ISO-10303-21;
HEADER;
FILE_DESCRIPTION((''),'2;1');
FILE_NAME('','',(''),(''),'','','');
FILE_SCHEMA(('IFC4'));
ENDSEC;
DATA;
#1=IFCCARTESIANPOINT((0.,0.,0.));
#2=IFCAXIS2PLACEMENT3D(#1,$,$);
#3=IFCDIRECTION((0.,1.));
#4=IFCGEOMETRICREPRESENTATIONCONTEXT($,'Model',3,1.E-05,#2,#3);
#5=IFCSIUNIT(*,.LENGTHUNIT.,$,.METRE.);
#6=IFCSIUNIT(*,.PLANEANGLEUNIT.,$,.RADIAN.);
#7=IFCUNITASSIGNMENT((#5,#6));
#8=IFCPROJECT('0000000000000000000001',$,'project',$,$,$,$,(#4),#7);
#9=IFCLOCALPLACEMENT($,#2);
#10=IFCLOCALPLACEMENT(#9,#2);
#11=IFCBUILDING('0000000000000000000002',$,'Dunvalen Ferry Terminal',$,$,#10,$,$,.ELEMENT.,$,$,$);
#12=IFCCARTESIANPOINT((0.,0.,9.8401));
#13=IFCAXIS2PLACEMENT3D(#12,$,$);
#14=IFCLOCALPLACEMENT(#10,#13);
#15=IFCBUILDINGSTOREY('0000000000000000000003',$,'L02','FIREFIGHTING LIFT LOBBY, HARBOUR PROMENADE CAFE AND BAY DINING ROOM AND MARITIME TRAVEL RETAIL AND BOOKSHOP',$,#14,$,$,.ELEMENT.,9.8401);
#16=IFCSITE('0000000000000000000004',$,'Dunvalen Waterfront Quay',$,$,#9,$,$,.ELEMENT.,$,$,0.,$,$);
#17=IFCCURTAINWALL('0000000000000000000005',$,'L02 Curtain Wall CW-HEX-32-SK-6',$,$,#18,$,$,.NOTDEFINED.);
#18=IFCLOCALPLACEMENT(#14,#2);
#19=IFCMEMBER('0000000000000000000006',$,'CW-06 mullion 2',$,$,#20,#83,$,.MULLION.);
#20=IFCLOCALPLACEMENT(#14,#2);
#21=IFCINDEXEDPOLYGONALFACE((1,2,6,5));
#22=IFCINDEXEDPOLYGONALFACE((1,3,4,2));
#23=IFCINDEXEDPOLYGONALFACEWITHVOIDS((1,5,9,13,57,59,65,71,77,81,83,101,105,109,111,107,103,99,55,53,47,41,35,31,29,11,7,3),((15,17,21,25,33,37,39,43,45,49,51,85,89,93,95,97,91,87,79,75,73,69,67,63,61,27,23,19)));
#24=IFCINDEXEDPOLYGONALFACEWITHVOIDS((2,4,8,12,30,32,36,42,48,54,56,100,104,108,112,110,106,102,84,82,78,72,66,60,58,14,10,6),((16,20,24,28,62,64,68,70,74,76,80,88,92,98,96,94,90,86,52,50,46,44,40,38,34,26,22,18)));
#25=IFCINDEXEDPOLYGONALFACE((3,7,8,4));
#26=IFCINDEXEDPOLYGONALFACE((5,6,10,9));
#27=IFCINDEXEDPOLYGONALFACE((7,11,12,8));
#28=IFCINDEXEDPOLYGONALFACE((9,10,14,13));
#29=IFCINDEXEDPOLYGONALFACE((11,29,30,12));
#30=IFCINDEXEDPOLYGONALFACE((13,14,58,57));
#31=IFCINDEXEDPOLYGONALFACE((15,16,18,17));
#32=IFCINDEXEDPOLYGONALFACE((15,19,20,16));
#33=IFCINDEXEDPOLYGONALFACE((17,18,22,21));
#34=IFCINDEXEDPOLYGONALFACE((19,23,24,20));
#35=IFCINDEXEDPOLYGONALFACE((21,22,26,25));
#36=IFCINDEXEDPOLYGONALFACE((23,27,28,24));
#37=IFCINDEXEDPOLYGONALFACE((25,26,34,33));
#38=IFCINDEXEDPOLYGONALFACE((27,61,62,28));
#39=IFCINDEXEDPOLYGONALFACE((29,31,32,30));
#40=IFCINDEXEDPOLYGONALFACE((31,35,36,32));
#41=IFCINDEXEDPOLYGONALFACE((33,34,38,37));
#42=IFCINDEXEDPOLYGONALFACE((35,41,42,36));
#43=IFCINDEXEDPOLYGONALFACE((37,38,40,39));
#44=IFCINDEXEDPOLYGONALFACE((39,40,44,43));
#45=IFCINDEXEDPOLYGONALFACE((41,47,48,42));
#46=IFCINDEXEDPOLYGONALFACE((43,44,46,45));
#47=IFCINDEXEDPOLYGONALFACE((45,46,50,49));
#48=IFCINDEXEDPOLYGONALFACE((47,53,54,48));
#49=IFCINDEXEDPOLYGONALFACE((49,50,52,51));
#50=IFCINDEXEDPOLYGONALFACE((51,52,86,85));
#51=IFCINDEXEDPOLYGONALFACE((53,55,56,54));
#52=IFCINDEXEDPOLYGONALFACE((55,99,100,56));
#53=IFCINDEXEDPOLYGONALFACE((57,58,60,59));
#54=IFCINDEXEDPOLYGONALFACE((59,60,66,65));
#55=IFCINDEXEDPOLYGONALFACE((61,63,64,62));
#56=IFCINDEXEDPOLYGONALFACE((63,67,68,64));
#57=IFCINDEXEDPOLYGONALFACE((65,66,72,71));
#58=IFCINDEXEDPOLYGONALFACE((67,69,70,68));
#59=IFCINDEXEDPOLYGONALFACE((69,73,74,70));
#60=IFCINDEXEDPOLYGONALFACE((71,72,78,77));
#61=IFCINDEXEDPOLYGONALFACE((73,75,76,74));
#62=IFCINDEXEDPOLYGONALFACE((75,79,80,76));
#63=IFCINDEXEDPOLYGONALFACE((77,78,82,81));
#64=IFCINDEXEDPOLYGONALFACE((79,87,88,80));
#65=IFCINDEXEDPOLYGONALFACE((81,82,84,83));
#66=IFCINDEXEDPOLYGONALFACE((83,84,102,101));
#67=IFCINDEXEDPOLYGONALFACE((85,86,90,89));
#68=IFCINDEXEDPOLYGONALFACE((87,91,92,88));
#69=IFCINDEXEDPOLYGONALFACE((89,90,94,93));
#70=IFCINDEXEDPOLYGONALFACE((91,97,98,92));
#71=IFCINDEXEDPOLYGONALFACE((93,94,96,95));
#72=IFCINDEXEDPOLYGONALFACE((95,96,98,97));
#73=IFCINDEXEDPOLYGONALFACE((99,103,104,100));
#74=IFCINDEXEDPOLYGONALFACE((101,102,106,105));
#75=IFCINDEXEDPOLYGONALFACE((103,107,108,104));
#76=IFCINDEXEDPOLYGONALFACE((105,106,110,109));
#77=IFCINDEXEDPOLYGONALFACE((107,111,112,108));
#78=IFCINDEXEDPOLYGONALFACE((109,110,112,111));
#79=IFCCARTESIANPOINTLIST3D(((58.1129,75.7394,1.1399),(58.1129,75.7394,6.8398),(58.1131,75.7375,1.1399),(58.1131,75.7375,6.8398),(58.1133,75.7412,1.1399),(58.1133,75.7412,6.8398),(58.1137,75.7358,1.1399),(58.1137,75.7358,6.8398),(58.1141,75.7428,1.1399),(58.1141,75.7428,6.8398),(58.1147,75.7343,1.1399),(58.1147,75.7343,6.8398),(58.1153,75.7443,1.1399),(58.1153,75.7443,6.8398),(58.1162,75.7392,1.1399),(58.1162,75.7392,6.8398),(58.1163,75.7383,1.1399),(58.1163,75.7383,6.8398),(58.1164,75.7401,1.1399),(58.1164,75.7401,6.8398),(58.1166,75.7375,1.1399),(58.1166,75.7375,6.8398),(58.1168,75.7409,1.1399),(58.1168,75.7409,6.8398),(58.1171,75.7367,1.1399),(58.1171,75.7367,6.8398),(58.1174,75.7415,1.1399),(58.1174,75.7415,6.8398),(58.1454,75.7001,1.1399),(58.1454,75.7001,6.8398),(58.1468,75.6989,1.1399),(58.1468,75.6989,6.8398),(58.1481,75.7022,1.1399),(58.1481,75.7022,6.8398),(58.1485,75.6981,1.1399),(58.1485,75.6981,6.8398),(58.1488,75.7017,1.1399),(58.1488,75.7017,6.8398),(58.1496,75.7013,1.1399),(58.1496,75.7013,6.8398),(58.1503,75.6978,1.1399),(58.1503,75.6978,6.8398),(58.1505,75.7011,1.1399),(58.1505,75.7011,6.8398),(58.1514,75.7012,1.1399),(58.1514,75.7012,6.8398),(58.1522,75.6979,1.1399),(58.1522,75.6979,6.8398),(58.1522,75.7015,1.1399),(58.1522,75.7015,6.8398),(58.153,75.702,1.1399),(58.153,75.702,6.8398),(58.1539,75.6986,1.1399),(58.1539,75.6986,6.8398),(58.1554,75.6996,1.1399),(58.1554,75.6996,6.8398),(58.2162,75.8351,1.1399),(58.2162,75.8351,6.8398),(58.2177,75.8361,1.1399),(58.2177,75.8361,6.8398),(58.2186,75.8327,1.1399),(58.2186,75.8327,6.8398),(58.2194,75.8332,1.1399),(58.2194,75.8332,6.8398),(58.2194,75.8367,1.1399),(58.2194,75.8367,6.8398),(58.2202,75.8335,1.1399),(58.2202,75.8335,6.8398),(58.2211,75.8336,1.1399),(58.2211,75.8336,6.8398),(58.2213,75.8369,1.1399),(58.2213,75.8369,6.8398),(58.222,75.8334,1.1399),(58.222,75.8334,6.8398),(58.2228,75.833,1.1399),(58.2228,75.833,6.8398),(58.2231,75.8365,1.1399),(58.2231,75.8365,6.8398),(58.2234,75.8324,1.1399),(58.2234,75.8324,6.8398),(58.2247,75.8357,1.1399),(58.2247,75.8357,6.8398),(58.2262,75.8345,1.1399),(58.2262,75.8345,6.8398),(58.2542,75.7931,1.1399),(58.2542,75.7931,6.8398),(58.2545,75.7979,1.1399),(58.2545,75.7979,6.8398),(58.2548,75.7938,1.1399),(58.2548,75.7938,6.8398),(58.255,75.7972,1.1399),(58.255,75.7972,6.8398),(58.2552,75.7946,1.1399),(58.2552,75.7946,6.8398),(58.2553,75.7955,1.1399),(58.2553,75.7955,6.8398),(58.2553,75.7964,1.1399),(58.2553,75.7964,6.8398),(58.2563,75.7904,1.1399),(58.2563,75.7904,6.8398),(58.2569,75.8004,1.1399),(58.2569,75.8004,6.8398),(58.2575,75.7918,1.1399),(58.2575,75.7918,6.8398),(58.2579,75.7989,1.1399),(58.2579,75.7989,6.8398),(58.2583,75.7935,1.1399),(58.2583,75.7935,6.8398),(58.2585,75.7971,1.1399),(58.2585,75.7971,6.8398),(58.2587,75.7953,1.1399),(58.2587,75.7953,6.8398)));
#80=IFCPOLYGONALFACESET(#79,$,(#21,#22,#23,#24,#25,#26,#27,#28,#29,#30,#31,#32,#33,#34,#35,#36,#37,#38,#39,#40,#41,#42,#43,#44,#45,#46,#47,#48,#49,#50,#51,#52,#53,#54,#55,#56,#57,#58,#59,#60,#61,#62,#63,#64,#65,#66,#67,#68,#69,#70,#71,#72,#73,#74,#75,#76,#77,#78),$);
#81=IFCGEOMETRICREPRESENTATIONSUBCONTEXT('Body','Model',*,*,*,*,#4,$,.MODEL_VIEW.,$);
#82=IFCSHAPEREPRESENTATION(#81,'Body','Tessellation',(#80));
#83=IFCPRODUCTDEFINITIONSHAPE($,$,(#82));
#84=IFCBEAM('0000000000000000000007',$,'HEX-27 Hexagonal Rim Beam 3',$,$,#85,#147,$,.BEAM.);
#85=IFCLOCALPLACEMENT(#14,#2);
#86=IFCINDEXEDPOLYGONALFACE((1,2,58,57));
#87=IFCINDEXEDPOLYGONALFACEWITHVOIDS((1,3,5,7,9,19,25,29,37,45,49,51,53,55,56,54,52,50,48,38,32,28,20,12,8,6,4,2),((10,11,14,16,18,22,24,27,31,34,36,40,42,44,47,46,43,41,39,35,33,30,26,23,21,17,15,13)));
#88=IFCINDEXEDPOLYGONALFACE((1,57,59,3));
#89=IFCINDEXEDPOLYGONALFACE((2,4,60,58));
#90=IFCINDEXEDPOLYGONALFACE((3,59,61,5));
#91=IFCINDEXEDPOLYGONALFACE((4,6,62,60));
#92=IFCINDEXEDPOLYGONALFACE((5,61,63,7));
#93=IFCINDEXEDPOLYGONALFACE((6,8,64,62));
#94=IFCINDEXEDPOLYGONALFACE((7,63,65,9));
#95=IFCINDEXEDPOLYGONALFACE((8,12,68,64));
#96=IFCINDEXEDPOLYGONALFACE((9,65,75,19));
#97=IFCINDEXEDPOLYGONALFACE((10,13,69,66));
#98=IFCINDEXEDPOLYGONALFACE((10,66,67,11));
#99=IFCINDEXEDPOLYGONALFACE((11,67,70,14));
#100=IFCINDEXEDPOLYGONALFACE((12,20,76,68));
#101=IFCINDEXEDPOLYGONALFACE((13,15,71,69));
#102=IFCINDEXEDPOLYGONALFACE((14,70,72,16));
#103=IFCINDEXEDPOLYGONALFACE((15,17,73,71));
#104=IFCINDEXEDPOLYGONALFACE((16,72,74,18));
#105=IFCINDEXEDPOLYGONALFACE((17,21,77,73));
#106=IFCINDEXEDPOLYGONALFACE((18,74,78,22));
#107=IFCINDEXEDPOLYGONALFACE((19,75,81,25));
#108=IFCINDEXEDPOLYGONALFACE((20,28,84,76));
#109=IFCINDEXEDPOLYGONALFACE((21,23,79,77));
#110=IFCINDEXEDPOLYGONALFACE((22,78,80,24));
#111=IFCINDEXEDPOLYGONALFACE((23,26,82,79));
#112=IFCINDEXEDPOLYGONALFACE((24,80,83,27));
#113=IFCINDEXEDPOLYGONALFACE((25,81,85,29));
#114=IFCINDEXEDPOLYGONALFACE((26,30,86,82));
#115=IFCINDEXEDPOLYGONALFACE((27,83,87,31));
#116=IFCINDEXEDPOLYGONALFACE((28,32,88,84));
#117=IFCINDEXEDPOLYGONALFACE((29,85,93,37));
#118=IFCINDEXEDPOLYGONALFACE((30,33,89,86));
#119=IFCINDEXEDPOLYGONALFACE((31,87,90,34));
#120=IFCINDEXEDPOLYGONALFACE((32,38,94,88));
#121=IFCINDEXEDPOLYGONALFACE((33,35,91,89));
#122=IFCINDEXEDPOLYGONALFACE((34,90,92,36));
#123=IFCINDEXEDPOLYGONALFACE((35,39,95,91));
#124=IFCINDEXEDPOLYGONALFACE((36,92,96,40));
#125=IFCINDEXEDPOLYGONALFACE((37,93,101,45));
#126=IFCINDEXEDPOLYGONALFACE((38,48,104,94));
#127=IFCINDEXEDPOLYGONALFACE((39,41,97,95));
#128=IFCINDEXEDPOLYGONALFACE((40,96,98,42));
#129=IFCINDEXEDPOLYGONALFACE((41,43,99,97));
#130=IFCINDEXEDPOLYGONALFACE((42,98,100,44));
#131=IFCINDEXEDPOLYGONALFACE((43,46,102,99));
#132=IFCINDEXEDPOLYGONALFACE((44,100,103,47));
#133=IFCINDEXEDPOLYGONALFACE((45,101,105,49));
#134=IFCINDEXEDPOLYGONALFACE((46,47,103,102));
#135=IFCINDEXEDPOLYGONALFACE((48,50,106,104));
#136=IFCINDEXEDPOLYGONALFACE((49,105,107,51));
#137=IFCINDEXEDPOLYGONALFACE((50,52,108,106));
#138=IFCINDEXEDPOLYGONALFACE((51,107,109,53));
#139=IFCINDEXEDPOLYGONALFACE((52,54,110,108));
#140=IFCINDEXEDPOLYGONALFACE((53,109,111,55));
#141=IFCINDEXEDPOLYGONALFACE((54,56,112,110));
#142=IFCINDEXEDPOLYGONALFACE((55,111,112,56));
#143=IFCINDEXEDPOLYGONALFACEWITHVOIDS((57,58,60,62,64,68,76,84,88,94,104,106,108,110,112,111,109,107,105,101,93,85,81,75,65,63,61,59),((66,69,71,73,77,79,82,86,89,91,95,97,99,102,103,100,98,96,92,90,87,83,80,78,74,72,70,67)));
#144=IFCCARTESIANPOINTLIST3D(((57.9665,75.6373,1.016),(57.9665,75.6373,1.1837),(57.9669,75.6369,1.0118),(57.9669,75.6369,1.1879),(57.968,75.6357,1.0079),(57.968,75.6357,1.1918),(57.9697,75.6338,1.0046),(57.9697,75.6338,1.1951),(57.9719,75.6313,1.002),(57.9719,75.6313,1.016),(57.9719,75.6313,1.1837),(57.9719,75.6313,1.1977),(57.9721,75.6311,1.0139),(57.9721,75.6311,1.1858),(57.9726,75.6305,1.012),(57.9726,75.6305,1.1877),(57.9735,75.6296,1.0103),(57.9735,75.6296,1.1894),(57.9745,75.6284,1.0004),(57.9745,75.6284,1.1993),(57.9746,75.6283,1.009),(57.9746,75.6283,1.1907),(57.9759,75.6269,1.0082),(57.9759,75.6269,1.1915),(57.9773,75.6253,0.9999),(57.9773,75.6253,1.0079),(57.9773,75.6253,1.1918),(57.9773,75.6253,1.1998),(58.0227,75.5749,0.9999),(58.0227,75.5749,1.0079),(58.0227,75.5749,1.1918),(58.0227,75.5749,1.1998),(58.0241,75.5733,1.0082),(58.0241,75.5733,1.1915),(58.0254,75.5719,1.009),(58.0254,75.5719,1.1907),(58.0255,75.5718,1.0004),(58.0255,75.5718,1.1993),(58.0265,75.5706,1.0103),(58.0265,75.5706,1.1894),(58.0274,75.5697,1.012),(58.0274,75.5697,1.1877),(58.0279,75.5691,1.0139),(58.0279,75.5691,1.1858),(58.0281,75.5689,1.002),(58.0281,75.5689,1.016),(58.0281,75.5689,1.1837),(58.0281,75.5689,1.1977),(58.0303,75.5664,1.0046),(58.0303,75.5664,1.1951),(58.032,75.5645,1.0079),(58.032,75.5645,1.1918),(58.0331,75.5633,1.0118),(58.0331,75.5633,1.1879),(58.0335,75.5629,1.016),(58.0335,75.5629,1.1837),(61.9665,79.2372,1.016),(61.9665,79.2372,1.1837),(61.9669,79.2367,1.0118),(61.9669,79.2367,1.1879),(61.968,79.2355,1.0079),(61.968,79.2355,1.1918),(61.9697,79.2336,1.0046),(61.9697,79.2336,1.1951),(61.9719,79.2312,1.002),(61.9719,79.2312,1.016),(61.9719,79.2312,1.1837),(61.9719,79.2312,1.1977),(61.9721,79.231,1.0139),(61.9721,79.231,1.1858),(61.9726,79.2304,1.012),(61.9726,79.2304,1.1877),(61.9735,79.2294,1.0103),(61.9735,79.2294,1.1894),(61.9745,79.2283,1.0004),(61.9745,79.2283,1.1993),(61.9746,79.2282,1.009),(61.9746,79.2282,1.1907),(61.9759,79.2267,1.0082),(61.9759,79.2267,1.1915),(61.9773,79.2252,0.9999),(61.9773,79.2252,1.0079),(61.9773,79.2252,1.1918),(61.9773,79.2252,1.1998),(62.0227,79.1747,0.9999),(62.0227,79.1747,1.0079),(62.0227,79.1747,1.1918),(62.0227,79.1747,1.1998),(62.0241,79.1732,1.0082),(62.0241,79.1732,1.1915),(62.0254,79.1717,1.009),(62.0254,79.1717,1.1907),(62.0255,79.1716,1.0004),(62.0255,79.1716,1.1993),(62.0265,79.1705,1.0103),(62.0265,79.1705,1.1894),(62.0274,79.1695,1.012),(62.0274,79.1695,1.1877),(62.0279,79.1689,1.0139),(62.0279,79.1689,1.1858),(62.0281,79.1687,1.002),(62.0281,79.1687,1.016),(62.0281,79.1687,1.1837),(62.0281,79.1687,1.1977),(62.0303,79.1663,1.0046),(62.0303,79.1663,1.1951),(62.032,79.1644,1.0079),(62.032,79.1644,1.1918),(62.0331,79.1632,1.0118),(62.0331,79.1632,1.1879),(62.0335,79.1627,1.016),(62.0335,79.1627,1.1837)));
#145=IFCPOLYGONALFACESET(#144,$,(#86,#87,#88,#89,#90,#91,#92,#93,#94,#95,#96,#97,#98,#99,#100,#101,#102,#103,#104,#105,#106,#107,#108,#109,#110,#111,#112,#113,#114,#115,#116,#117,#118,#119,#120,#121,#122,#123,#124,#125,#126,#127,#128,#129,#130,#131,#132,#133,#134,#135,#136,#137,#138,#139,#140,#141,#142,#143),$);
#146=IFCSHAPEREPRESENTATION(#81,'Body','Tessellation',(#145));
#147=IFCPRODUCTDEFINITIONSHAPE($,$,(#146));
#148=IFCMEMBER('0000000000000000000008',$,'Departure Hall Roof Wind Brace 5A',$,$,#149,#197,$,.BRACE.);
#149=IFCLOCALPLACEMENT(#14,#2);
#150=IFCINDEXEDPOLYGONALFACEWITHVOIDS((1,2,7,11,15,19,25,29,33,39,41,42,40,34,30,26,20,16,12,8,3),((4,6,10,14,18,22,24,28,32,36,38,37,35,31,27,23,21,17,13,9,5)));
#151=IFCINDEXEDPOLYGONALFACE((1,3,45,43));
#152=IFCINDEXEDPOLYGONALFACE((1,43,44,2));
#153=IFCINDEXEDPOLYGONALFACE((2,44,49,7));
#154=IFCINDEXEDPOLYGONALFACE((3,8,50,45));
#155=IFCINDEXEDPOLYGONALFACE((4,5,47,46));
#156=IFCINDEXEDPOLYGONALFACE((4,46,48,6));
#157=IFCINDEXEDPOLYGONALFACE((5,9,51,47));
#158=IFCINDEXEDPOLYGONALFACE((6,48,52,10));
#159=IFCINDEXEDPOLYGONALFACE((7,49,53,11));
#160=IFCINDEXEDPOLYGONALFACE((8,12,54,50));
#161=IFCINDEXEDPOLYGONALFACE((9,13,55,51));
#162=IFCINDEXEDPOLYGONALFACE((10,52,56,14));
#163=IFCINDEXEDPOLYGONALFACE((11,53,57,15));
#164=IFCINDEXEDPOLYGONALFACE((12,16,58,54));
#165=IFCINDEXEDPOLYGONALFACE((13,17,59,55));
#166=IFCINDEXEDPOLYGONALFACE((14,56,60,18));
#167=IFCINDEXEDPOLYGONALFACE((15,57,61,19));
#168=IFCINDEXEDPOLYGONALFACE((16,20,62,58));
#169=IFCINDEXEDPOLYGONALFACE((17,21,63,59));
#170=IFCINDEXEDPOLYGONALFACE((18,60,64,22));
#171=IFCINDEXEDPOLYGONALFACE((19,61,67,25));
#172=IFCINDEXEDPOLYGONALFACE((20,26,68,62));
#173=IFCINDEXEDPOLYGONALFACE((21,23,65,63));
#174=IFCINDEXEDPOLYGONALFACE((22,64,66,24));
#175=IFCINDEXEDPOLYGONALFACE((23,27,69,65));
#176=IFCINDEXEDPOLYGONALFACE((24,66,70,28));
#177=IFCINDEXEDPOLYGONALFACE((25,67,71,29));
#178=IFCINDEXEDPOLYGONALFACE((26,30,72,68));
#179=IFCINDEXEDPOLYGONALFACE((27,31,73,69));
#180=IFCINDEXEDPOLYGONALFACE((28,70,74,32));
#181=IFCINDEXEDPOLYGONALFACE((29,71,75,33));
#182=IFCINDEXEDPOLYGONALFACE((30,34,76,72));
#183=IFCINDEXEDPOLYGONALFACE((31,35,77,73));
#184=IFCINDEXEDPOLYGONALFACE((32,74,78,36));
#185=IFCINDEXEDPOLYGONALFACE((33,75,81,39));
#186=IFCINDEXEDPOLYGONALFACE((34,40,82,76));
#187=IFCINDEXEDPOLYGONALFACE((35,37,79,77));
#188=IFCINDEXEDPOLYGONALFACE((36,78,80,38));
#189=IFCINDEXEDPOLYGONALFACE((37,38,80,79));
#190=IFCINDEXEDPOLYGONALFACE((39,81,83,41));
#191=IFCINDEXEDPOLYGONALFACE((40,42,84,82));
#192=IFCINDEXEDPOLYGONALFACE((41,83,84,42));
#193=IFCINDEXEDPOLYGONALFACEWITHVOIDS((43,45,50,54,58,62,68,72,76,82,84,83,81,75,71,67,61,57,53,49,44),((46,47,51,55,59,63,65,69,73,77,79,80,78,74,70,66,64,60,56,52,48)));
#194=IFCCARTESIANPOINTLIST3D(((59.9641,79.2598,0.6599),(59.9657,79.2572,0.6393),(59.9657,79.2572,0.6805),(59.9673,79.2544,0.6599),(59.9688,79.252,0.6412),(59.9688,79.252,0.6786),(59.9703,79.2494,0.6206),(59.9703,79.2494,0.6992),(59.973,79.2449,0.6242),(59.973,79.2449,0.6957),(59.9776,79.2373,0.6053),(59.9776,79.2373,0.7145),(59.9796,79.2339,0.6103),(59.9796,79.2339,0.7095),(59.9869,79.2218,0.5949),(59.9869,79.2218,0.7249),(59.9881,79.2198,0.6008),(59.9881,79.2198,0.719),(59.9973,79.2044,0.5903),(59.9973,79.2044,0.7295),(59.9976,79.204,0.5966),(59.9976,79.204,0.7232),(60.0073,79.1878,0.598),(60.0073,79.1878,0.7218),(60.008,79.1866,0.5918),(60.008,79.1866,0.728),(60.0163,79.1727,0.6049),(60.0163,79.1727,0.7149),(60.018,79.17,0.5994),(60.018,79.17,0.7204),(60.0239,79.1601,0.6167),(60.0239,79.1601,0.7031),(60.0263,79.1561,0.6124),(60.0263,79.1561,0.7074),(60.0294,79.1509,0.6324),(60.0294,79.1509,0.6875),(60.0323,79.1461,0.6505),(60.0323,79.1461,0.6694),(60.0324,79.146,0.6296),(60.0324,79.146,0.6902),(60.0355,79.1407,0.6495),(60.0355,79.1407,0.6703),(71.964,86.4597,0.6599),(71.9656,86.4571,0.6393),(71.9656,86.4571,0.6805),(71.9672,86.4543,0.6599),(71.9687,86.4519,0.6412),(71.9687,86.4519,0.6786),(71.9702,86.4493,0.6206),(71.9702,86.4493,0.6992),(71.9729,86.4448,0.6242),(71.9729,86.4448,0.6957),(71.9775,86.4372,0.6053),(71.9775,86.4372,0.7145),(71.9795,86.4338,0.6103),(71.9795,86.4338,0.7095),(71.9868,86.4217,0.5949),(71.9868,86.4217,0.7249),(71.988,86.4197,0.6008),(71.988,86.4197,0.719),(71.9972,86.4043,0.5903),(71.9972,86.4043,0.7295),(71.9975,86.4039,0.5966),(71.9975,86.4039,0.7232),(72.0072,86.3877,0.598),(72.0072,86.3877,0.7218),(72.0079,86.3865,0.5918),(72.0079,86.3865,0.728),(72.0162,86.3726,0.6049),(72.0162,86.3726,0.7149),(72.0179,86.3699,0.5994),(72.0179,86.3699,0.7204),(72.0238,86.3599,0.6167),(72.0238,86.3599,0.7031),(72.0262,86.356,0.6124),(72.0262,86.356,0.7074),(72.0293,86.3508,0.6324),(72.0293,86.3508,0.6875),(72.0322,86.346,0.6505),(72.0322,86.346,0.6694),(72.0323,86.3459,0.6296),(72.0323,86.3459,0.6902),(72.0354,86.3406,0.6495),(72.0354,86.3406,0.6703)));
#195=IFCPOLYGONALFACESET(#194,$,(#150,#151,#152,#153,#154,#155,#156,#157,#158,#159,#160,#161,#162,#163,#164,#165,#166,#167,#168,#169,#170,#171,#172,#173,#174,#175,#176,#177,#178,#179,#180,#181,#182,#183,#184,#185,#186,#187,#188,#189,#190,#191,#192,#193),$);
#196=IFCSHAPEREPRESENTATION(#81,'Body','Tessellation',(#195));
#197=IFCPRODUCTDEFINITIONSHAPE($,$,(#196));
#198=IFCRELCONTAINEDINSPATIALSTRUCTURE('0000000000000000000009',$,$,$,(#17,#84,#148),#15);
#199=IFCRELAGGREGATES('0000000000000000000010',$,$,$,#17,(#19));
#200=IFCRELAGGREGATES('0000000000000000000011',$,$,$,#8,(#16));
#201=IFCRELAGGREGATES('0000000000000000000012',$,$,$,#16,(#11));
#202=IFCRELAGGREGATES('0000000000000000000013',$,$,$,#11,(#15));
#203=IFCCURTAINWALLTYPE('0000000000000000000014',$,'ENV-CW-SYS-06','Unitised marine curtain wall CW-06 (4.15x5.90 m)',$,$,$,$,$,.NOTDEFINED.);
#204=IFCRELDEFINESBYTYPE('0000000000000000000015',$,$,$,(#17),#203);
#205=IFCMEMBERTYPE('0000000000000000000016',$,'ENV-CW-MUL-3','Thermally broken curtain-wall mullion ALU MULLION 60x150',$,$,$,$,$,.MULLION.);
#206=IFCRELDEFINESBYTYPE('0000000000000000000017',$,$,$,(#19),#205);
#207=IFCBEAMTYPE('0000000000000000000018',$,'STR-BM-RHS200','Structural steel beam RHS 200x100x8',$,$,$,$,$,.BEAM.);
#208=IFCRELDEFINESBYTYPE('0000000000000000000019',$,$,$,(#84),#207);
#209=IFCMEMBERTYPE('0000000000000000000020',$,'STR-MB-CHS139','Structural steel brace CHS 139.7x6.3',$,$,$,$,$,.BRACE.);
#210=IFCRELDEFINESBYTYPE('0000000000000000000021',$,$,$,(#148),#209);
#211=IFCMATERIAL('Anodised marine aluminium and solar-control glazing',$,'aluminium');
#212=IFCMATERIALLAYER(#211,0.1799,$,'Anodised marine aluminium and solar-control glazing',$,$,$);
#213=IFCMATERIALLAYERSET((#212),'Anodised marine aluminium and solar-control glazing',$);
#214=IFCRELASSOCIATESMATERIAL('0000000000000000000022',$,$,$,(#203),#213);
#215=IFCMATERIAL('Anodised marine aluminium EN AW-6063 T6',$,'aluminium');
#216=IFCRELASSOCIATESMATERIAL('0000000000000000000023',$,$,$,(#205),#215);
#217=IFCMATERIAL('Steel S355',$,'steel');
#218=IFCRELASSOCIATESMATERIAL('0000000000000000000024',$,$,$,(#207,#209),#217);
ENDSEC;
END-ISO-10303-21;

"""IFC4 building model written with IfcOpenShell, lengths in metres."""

from ifc_helpers import new_model, si_unit, direction, frame, origin, origin_2d, place, context, subcontext, project, spatial, hollow_rectangle, hollow_circle, extrude, material, layer, layer_set, material_profile, profile_set, type_object, element, aggregate, save


model = new_model("IFC4")

# Units and contexts
model_context = context("Model", 3, precision=1e-05, world=origin(), true_north=direction((0.0, 1.0)))
body_context = subcontext(model_context, "Body", "Model", "MODEL_VIEW")
ifc_project = project(units=[si_unit("LENGTHUNIT", "METRE"), si_unit("PLANEANGLEUNIT", "RADIAN")], contexts=[model_context])

# Site, building, storey
site_placement = place(None, origin())
site = spatial("IfcSite", under=ifc_project, at=site_placement, Name="Dunvalen Waterfront Quay", CompositionType="ELEMENT", RefElevation=0.0)
building_placement = place(site_placement, origin())
building = spatial("IfcBuilding", under=site, at=building_placement, Name="Dunvalen Ferry Terminal", CompositionType="ELEMENT")
storey_placement = place(building_placement, frame((0.0, 0.0, 9.8401)))
storey = spatial("IfcBuildingStorey", under=building, at=storey_placement, Name="L02", Description="FIREFIGHTING LIFT LOBBY, HARBOUR PROMENADE CAFE AND BAY DINING ROOM AND MARITIME TRAVEL RETAIL AND BOOKSHOP", CompositionType="ELEMENT", Elevation=9.8401)

# Curtain wall, member
ifc_material_1 = material(Name="Anodised marine aluminium and solar-control glazing", Category="aluminium")
ifc_layer_1 = layer(ifc_material_1, 0.1799, Name="Anodised marine aluminium and solar-control glazing")
ifc_layer_set_1 = layer_set([ifc_layer_1], Name="Anodised marine aluminium and solar-control glazing")
curtain_wall_type = type_object("IfcCurtainWallType", Name="ENV-CW-SYS-06", Description="Unitised marine curtain wall CW-06 (4.15x5.90 m)", PredefinedType="NOTDEFINED", material=ifc_layer_set_1)
curtain_wall_placement = place(storey_placement, origin())
curtain_wall = element("IfcCurtainWall", 1, at=curtain_wall_placement, inside=storey, type_object=curtain_wall_type, Name="L02 Curtain Wall CW-HEX-32-SK-6", PredefinedType="NOTDEFINED")
ifc_material_2 = material(Name="Anodised marine aluminium EN AW-6063 T6", Category="aluminium")
ifc_material_profile_1 = material_profile(ifc_material_2, hollow_rectangle(XDim=0.0601, YDim=0.1499, WallThickness=0.0034, InnerFilletRadius=0.0034, OuterFilletRadius=0.0071, at=origin_2d()), Name="Anodised marine aluminium EN AW-6063 T6")
ifc_profile_set_1 = profile_set([ifc_material_profile_1], Name="Anodised marine aluminium EN AW-6063 T6")
member_type_1 = type_object("IfcMemberType", Name="ENV-CW-MUL-3", Description="Thermally broken curtain-wall mullion ALU MULLION 60x150", PredefinedType="MULLION", material=ifc_profile_set_1)
member_1_placement = place(storey_placement, frame((58.1858, 75.7673, 1.1399), z_axis=(0.0, 0.0, 1.0), x_axis=(0.668954, -0.743304, 0.0)))
member_1 = element("IfcMember", 2, at=member_1_placement, type_object=member_type_1, Name="CW-06 mullion 2", PredefinedType="MULLION", context=body_context, shape_type="SweptSolid", body=[
    extrude(hollow_rectangle(XDim=0.0601, YDim=0.1499, WallThickness=0.0034, InnerFilletRadius=0.0034, OuterFilletRadius=0.0071, at=origin_2d()), origin(), (0.0, 0.0, 1.0), 5.7),
])
aggregate(curtain_wall, [member_1])

# Beam
ifc_material_3 = material(Name="Steel S355", Category="steel")
ifc_material_profile_2 = material_profile(ifc_material_3, hollow_rectangle(XDim=0.1001, YDim=0.2, WallThickness=0.0081, InnerFilletRadius=0.0081, OuterFilletRadius=0.0161, at=origin_2d()), Name="Steel S355")
ifc_profile_set_2 = profile_set([ifc_material_profile_2], Name="Steel S355")
beam_type = type_object("IfcBeamType", Name="STR-BM-RHS200", Description="Structural steel beam RHS 200x100x8", PredefinedType="BEAM", material=ifc_profile_set_2)
beam_placement = place(storey_placement, frame((58.0, 75.6001, 1.0999), z_axis=(0.743308, 0.66895, 0.0), x_axis=(-0.66895, 0.743308, 0.0)))
element("IfcBeam", 3, at=beam_placement, inside=storey, type_object=beam_type, Name="HEX-27 Hexagonal Rim Beam 3", PredefinedType="BEAM", context=body_context, shape_type="SweptSolid", body=[
    extrude(hollow_rectangle(XDim=0.1001, YDim=0.2, WallThickness=0.0081, InnerFilletRadius=0.0081, OuterFilletRadius=0.0161, at=origin_2d()), origin(), (0.0, 0.0, 1.0), 5.3813),
])

# Member
ifc_material_profile_3 = material_profile(ifc_material_3, hollow_circle(Radius=0.0698, WallThickness=0.0063, at=origin_2d()), Name="Steel S355")
ifc_profile_set_3 = profile_set([ifc_material_profile_3], Name="Steel S355")
member_type_2 = type_object("IfcMemberType", Name="STR-MB-CHS139", Description="Structural steel brace CHS 139.7x6.3", PredefinedType="BRACE", material=ifc_profile_set_3)
member_2_placement = place(storey_placement, frame((60.0, 79.2, 0.6599), z_axis=(0.857494, 0.514493, 0.0), x_axis=(-0.514493, 0.857494, 0.0)))
element("IfcMember", 4, at=member_2_placement, inside=storey, type_object=member_type_2, Name="Departure Hall Roof Wind Brace 5A", PredefinedType="BRACE", context=body_context, shape_type="SweptSolid", body=[
    extrude(hollow_circle(Radius=0.0698, WallThickness=0.0063, at=origin_2d()), origin(), (0.0, 0.0, 1.0), 13.9941),
])

save(model, "model.ifc")
